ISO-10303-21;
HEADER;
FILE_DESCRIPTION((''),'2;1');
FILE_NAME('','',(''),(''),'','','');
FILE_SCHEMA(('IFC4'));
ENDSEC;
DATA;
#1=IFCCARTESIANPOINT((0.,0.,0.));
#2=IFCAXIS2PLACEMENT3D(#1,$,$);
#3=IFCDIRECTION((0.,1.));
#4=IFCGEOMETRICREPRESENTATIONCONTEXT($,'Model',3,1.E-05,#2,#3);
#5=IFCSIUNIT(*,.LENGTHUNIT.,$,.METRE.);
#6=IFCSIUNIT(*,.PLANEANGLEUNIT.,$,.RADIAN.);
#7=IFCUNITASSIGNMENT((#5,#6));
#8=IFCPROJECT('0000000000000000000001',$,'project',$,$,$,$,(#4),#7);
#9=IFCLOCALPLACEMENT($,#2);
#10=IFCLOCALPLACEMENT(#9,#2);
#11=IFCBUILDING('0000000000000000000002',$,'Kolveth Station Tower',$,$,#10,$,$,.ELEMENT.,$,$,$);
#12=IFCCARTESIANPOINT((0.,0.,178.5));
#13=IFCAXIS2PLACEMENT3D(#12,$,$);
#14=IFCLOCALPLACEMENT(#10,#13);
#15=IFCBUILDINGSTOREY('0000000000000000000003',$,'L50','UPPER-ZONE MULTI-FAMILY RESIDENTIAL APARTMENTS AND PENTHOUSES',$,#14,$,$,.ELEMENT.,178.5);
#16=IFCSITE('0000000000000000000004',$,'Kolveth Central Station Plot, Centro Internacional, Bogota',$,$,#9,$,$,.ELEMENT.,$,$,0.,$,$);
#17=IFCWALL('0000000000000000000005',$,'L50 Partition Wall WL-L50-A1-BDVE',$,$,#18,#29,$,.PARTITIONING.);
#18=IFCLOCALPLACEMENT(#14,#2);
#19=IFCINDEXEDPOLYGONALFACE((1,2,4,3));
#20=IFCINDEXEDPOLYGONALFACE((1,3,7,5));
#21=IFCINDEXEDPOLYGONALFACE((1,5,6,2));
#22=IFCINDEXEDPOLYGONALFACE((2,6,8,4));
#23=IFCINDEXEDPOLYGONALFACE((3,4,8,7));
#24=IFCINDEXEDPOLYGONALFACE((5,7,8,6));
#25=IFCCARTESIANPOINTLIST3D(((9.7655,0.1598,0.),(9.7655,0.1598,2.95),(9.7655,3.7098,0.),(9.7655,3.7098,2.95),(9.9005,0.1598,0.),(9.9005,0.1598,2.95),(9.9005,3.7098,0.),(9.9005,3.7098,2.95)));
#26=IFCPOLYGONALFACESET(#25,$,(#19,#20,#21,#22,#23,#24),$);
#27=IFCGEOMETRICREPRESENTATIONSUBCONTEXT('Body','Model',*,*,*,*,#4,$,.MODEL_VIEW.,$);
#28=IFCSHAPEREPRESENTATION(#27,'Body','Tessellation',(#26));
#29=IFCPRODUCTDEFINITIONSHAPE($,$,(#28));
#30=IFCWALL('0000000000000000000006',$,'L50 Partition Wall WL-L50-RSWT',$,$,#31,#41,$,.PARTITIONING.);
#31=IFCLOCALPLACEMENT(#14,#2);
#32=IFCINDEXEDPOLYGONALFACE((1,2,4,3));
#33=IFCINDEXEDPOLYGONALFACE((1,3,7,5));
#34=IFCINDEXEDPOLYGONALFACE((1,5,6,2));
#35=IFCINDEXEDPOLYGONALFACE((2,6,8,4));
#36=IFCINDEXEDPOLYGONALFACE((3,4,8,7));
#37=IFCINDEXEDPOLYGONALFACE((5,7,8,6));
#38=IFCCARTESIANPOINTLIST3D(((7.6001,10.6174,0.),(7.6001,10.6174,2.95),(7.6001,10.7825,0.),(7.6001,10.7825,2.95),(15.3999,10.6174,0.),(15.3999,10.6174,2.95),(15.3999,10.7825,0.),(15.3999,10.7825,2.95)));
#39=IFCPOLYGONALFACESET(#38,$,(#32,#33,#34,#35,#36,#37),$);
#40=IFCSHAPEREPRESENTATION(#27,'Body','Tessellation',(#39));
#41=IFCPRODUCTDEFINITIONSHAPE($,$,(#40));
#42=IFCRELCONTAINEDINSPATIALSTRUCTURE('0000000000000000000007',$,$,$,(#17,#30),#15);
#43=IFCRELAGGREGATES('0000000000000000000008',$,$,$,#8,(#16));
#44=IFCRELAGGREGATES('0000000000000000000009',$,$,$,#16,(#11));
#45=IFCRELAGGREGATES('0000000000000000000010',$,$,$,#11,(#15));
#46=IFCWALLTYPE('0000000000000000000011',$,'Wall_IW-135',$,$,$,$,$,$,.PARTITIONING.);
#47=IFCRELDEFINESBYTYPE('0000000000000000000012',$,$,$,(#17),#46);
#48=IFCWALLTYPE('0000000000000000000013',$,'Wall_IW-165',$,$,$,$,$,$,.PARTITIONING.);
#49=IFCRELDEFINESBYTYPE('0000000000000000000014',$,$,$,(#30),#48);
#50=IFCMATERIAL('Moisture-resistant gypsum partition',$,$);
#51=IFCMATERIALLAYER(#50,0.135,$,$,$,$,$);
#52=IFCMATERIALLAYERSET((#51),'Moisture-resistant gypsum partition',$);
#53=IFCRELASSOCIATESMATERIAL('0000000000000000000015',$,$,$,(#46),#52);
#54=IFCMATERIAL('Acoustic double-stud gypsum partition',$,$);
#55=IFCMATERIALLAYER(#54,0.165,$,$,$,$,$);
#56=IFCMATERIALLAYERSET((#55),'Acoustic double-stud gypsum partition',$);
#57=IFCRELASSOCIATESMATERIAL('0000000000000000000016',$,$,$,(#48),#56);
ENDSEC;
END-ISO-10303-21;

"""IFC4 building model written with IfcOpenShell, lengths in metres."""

from ifc_helpers import new_model, si_unit, direction, frame, frame_2d, origin, place, context, subcontext, project, spatial, rectangle, extrude, material, layer, layer_set, type_object, element, save


model = new_model("IFC4")

# Units and contexts
model_context = context("Model", 3, precision=1e-05, world=origin(), true_north=direction((0.0, 1.0)))
body_context = subcontext(model_context, "Body", "Model", "MODEL_VIEW")
ifc_project = project(units=[si_unit("LENGTHUNIT", "METRE"), si_unit("PLANEANGLEUNIT", "RADIAN")], contexts=[model_context])

# Site, building, storey
site_placement = place(None, origin())
site = spatial("IfcSite", under=ifc_project, at=site_placement, Name="Kolveth Central Station Plot, Centro Internacional, Bogota", CompositionType="ELEMENT", RefElevation=0.0)
building_placement = place(site_placement, origin())
building = spatial("IfcBuilding", under=site, at=building_placement, Name="Kolveth Station Tower", CompositionType="ELEMENT")
storey_placement = place(building_placement, frame((0.0, 0.0, 178.5)))
storey = spatial("IfcBuildingStorey", under=building, at=storey_placement, Name="L50", Description="UPPER-ZONE MULTI-FAMILY RESIDENTIAL APARTMENTS AND PENTHOUSES", CompositionType="ELEMENT", Elevation=178.5)

# Shared definitions
ifc_material_1 = material(Name="Moisture-resistant gypsum partition")
ifc_layer_1 = layer(ifc_material_1, 0.135)
ifc_layer_set_1 = layer_set([ifc_layer_1], Name="Moisture-resistant gypsum partition")
wall_type_1 = type_object("IfcWallType", Name="Wall_IW-135", PredefinedType="PARTITIONING", material=ifc_layer_set_1)

# Walls
wall_1_placement = place(storey_placement, frame((9.833, 0.1599, 0.0), z_axis=(0.0, 0.0, 1.0), x_axis=(0.0, 1.0, 0.0)))
element("IfcWall", 1, at=wall_1_placement, inside=storey, type_object=wall_type_1, Name="L50 Partition Wall WL-L50-A1-BDVE", PredefinedType="PARTITIONING", context=body_context, shape_type="SweptSolid", body=[
    extrude(rectangle(XDim=3.55, YDim=0.135, at=frame_2d((1.7749, 0.0))), origin(), (0.0, 0.0, 1.0), 2.95),
])
ifc_material_2 = material(Name="Acoustic double-stud gypsum partition")
ifc_layer_2 = layer(ifc_material_2, 0.165)
ifc_layer_set_2 = layer_set([ifc_layer_2], Name="Acoustic double-stud gypsum partition")
wall_type_2 = type_object("IfcWallType", Name="Wall_IW-165", PredefinedType="PARTITIONING", material=ifc_layer_set_2)
wall_2_placement = place(storey_placement, frame((7.6001, 10.7, 0.0), z_axis=(0.0, 0.0, 1.0), x_axis=(1.0, 0.0, 0.0)))
element("IfcWall", 2, at=wall_2_placement, inside=storey, type_object=wall_type_2, Name="L50 Partition Wall WL-L50-RSWT", PredefinedType="PARTITIONING", context=body_context, shape_type="SweptSolid", body=[
    extrude(rectangle(XDim=7.7998, YDim=0.165, at=frame_2d((3.8999, 0.0))), origin(), (0.0, 0.0, 1.0), 2.95),
])

save(model, "model.ifc")
